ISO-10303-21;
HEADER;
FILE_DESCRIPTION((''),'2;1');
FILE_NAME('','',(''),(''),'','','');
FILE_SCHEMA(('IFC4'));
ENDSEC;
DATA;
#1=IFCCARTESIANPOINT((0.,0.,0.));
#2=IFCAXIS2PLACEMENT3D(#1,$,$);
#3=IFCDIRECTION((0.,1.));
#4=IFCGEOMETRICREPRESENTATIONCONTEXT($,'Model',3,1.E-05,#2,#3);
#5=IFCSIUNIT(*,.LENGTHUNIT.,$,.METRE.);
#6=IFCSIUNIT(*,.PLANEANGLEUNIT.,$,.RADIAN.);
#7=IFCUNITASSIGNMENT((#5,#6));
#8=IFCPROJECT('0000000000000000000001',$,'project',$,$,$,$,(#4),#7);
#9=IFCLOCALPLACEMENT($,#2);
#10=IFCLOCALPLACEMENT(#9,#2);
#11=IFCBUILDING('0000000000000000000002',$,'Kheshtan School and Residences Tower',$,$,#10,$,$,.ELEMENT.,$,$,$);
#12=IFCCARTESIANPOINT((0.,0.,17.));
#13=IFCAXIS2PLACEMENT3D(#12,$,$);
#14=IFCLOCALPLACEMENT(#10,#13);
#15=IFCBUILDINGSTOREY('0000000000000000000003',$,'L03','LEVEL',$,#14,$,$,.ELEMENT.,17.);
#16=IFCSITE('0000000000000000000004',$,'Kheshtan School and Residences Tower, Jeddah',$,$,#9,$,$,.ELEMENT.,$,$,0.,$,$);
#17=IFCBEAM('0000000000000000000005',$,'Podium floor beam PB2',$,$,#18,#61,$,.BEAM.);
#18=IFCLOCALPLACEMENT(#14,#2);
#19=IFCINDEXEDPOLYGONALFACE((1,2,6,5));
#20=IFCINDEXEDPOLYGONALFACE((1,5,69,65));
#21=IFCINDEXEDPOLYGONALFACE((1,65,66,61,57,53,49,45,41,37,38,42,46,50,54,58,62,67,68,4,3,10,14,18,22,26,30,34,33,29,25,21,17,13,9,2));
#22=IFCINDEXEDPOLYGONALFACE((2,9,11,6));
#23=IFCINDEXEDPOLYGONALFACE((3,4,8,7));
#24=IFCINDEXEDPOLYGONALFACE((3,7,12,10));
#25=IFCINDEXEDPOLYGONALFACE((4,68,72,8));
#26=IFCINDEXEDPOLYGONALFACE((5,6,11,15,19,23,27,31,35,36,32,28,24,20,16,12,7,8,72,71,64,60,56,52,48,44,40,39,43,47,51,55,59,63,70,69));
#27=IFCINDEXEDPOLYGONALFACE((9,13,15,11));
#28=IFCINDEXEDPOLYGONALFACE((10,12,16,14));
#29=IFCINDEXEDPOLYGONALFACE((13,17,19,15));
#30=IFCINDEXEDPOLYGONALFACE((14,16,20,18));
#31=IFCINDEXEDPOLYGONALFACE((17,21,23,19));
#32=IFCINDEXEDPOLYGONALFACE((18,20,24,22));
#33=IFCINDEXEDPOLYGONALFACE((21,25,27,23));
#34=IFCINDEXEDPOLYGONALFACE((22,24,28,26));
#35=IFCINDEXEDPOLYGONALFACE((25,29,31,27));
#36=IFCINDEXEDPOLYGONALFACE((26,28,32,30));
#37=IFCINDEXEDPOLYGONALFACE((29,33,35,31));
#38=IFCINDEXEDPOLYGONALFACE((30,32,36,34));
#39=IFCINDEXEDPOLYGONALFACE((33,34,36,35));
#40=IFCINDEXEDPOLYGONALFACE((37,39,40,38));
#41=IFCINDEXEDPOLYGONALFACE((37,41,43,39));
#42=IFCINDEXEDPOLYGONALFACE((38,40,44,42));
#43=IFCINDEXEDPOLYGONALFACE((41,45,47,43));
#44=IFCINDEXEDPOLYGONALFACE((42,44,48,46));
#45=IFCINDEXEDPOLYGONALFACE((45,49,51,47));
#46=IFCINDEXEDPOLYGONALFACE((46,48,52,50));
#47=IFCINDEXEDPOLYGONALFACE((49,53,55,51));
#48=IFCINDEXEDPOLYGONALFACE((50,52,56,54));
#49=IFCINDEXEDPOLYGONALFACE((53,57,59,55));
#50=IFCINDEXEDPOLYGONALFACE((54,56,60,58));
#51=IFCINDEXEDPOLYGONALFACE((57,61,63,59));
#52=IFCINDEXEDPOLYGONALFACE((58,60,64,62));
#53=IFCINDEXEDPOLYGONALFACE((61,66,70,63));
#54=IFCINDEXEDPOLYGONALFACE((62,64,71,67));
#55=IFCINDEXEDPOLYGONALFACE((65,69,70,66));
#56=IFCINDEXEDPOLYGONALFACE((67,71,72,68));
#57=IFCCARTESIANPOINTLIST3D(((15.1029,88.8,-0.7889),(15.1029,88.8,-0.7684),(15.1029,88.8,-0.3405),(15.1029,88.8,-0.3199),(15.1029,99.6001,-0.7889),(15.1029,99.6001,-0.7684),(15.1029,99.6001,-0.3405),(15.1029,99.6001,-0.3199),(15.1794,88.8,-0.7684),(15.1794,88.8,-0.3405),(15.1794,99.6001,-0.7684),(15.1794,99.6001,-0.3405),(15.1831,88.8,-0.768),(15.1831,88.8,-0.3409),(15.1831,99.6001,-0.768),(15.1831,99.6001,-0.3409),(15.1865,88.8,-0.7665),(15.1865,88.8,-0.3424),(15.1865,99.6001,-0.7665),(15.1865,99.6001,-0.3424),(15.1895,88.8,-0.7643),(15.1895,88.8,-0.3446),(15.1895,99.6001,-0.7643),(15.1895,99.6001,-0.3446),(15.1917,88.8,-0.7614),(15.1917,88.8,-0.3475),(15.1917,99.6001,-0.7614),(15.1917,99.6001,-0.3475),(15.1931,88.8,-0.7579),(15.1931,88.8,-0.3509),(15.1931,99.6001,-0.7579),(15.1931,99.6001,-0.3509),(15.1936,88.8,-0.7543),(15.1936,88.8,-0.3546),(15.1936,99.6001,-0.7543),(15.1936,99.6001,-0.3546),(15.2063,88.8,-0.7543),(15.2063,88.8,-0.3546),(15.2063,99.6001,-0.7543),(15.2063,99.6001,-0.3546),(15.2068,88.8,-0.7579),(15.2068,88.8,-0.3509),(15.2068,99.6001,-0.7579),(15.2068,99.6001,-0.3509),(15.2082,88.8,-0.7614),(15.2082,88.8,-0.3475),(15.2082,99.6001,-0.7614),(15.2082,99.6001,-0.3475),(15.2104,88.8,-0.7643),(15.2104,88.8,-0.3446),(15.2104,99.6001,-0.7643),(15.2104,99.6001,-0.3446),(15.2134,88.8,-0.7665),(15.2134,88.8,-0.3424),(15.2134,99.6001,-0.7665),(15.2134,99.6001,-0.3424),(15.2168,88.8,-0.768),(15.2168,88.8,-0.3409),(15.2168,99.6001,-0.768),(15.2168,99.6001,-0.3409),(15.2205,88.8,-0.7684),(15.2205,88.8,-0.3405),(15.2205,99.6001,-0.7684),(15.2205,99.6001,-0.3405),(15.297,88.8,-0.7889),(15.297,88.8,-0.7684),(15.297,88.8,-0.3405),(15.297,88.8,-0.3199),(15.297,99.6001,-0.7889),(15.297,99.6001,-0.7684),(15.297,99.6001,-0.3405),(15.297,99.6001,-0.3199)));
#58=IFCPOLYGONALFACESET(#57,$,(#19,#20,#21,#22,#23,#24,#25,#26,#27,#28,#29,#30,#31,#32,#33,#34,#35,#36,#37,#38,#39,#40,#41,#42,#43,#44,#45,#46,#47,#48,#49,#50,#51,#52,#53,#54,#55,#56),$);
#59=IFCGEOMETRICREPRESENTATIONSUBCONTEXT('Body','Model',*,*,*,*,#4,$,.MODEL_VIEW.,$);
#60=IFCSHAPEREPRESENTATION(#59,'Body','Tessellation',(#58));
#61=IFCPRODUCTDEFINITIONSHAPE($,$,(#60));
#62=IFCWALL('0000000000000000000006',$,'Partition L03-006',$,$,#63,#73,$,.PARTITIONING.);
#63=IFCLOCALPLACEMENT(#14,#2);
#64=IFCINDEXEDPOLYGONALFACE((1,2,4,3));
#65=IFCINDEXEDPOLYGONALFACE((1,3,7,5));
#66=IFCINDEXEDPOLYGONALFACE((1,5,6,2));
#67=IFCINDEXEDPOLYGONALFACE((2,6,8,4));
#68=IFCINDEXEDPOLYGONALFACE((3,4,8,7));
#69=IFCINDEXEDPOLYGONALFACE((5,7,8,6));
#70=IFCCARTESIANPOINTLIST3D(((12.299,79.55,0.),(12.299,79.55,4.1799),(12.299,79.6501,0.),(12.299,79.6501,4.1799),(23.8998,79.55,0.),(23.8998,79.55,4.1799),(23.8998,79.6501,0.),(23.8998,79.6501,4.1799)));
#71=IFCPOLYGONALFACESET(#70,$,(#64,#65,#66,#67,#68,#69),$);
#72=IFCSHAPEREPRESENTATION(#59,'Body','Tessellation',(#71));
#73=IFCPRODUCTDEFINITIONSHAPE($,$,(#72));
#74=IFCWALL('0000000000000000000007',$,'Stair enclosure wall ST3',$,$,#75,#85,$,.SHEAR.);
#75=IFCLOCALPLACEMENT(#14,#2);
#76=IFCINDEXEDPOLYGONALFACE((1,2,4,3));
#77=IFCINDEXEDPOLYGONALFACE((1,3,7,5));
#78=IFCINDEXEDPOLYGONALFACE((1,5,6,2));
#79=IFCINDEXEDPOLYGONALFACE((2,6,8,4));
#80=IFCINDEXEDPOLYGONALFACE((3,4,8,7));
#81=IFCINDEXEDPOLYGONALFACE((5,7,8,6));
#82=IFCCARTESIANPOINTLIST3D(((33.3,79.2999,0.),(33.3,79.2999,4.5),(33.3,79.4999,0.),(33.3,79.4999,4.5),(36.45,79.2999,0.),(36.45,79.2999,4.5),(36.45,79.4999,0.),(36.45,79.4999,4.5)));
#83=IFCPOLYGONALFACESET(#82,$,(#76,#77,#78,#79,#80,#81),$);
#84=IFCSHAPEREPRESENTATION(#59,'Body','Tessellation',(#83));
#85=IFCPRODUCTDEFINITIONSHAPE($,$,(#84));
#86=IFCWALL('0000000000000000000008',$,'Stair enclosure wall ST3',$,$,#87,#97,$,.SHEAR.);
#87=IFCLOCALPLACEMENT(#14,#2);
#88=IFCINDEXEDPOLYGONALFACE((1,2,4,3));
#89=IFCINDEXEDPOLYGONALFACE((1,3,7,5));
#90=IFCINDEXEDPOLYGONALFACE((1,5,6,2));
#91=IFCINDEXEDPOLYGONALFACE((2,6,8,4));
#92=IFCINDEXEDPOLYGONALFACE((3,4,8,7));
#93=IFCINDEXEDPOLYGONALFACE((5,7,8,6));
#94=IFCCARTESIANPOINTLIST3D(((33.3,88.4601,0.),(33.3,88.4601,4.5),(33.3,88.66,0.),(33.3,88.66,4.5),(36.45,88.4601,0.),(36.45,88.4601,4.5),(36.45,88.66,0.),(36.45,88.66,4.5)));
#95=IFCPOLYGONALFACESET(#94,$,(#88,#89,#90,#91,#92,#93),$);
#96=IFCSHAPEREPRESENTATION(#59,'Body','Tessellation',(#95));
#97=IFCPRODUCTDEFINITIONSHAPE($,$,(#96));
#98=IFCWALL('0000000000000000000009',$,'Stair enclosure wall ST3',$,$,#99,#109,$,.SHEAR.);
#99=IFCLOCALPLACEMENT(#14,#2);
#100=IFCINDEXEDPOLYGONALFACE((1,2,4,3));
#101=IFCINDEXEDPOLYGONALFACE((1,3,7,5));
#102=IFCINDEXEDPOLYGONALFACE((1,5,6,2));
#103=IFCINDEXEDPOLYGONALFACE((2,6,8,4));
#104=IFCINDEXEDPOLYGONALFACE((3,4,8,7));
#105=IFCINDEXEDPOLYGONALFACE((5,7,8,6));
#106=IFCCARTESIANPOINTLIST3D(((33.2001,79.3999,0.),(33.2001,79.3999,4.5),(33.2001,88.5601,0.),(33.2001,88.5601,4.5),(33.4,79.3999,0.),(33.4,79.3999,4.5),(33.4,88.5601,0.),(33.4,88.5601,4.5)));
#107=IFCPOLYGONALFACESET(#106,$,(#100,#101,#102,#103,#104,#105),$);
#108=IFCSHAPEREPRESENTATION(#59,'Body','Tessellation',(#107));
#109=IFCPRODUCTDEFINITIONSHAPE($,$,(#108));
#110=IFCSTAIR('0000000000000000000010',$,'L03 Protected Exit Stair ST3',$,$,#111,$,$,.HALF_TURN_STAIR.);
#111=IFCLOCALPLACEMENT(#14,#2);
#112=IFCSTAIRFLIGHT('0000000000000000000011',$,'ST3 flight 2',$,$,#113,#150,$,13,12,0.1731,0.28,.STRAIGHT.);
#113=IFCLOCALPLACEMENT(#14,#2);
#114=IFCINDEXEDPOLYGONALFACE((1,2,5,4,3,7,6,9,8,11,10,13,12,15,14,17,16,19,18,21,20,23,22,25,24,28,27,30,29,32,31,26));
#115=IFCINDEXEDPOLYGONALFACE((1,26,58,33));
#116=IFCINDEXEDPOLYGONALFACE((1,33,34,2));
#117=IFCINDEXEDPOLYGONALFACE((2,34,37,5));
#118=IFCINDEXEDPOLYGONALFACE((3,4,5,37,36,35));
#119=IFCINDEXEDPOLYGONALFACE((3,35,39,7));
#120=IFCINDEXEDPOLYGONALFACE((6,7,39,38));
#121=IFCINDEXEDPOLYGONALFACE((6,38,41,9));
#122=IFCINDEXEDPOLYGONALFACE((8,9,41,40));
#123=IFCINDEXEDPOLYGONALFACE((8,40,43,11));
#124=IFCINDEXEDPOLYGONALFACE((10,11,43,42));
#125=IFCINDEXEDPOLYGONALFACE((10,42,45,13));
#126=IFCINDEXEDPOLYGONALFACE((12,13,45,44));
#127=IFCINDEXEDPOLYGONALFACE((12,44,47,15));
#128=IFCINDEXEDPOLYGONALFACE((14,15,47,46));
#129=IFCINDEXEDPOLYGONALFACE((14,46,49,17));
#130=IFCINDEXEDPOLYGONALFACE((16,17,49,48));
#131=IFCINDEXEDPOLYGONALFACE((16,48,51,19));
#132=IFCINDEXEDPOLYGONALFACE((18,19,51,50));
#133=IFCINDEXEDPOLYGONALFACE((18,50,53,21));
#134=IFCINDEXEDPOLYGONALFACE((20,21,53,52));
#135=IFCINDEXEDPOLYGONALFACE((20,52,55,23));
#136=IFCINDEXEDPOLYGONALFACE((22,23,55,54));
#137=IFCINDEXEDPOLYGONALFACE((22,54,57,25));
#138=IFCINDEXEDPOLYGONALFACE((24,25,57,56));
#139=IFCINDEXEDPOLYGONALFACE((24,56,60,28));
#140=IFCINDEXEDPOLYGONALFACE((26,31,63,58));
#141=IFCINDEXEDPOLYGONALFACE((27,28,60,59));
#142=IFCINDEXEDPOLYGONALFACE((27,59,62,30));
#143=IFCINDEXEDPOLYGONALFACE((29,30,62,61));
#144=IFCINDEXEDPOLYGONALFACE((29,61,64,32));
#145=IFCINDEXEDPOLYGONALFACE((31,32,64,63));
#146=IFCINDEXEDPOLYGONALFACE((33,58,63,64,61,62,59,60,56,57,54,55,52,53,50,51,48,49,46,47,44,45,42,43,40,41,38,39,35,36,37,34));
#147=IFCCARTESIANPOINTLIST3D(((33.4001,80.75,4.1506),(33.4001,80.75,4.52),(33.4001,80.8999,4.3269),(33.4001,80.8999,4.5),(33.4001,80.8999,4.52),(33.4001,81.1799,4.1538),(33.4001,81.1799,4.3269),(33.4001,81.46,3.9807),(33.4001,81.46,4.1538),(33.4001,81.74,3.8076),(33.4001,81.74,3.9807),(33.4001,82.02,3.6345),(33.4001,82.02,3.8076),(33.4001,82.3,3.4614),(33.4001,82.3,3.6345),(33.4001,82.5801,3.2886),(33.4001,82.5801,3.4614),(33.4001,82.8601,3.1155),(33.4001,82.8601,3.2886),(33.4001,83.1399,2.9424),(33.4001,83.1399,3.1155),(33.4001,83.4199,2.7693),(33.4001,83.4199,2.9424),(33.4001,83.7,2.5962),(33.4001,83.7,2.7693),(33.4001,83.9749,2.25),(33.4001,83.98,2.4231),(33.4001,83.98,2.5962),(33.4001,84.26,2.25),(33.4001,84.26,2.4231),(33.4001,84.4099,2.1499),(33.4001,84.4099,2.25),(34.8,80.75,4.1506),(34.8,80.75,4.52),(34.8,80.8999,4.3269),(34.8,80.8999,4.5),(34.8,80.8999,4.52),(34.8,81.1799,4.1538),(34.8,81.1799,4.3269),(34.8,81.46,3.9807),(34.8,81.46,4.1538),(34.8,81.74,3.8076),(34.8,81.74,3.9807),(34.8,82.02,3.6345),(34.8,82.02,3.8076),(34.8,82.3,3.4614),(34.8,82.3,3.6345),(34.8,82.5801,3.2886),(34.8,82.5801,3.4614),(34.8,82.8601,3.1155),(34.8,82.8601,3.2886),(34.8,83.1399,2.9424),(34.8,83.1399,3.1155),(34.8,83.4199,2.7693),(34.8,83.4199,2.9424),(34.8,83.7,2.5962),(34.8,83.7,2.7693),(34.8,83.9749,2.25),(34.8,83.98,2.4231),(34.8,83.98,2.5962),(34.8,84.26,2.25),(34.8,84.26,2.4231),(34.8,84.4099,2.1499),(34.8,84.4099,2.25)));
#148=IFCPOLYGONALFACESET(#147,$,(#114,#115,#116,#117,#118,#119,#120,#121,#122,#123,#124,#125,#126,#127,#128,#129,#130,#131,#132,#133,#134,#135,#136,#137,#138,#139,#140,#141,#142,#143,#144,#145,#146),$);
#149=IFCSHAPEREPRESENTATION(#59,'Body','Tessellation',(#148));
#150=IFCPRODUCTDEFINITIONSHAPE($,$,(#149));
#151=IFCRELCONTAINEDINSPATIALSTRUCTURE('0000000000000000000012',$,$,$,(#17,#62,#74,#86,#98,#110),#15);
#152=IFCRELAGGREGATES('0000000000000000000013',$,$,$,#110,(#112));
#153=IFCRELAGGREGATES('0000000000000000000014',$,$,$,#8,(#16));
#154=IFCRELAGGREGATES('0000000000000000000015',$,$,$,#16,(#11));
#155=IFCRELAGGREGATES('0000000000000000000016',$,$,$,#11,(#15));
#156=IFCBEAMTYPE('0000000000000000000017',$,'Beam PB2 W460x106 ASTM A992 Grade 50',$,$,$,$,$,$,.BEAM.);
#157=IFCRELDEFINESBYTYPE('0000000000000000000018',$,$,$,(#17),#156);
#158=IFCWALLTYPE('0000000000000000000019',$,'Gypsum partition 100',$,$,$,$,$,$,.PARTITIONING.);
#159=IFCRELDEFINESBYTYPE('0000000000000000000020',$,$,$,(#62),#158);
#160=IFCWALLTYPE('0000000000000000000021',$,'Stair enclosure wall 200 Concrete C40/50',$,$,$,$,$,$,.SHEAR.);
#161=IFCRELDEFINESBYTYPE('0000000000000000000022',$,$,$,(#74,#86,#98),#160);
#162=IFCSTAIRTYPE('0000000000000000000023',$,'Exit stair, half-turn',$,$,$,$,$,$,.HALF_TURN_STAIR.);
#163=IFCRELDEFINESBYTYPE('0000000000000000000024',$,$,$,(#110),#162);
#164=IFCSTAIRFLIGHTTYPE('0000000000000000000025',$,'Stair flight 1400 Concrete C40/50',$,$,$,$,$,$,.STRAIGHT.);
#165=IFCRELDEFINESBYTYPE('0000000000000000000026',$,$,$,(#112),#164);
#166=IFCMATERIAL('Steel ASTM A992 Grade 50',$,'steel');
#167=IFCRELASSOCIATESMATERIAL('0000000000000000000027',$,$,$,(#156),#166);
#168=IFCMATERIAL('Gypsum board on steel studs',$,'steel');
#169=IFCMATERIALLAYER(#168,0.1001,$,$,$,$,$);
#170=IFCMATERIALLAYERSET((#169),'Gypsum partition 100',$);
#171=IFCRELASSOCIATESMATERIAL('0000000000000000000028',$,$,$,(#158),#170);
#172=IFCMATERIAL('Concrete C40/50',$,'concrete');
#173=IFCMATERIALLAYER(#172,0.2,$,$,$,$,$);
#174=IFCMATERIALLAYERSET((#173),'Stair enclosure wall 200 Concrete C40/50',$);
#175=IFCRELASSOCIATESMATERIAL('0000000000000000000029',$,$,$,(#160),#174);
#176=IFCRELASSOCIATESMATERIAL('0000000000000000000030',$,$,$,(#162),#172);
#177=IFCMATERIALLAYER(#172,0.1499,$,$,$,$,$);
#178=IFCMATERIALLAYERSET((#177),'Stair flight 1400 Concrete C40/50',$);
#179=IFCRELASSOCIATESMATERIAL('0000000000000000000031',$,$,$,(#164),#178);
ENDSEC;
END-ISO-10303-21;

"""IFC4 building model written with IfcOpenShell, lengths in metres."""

from ifc_helpers import new_model, si_unit, direction, frame, frame_2d, origin, origin_2d, place, context, subcontext, project, spatial, polyline, rectangle, i_section, outline, extrude, material, layer, layer_set, material_profile, profile_set, type_object, element, aggregate, save


model = new_model("IFC4")

# Units and contexts
model_context = context("Model", 3, precision=1e-05, world=origin(), true_north=direction((0.0, 1.0)))
body_context = subcontext(model_context, "Body", "Model", "MODEL_VIEW")
ifc_project = project(units=[si_unit("LENGTHUNIT", "METRE"), si_unit("PLANEANGLEUNIT", "RADIAN")], contexts=[model_context])

# Site, building, storey
site_placement = place(None, origin())
site = spatial("IfcSite", under=ifc_project, at=site_placement, Name="Kheshtan School and Residences Tower, Jeddah", CompositionType="ELEMENT", RefElevation=0.0)
building_placement = place(site_placement, origin())
building = spatial("IfcBuilding", under=site, at=building_placement, Name="Kheshtan School and Residences Tower", CompositionType="ELEMENT")
storey_placement = place(building_placement, frame((0.0, 0.0, 17.0)))
storey = spatial("IfcBuildingStorey", under=building, at=storey_placement, Name="L03", Description="LEVEL", CompositionType="ELEMENT", Elevation=17.0)

# Shared definitions
ifc_material_1 = material(Name="Steel ASTM A992 Grade 50", Category="steel")

# Beam
ifc_material_profile_1 = material_profile(ifc_material_1, i_section(OverallWidth=0.1941, OverallDepth=0.469, WebThickness=0.0127, FlangeThickness=0.0205, FilletRadius=0.0142, at=origin_2d()), Name="W460x106")
ifc_profile_set_1 = profile_set([ifc_material_profile_1], Name="Steel ASTM A992 Grade 50")
beam_type_1 = type_object("IfcBeamType", Name="Beam PB2 W460x106 ASTM A992 Grade 50", PredefinedType="BEAM", material=ifc_profile_set_1)
beam_1_placement = place(storey_placement, frame((15.2, 88.8, -0.5544), z_axis=(0.0, 1.0, 0.0), x_axis=(-1.0, 0.0, 0.0)))
element("IfcBeam", 1, at=beam_1_placement, inside=storey, type_object=beam_type_1, Name="Podium floor beam PB2", PredefinedType="BEAM", context=body_context, shape_type="SweptSolid", body=[
    extrude(i_section(OverallWidth=0.1941, OverallDepth=0.469, WebThickness=0.0127, FlangeThickness=0.0205, FilletRadius=0.0142, at=origin_2d()), origin(), (0.0, 0.0, 1.0), 10.8),
])

# Walls
ifc_material_2 = material(Name="Gypsum board on steel studs", Category="steel")
ifc_layer_1 = layer(ifc_material_2, 0.1001)
ifc_layer_set_1 = layer_set([ifc_layer_1], Name="Gypsum partition 100")
wall_type_1 = type_object("IfcWallType", Name="Gypsum partition 100", PredefinedType="PARTITIONING", material=ifc_layer_set_1)
wall_1_placement = place(storey_placement, frame((12.2991, 79.6001, 0.0), z_axis=(0.0, 0.0, 1.0), x_axis=(1.0, 0.0, 0.0)))
element("IfcWall", 2, at=wall_1_placement, inside=storey, type_object=wall_type_1, Name="Partition L03-006", PredefinedType="PARTITIONING", context=body_context, shape_type="SweptSolid", body=[
    extrude(rectangle(XDim=11.6008, YDim=0.1001, at=frame_2d((5.8003, 0.0))), origin(), (0.0, 0.0, 1.0), 4.1799),
])
ifc_material_3 = material(Name="Concrete C40/50", Category="concrete")
ifc_layer_2 = layer(ifc_material_3, 0.2)
ifc_layer_set_2 = layer_set([ifc_layer_2], Name="Stair enclosure wall 200 Concrete C40/50")
wall_type_2 = type_object("IfcWallType", Name="Stair enclosure wall 200 Concrete C40/50", PredefinedType="SHEAR", material=ifc_layer_set_2)
for number, where, z_axis, x_axis, name in (
    (3, (33.3, 79.3999, 0.0), (0.0, 0.0, 1.0), (1.0, 0.0, 0.0), "Stair enclosure wall ST3"),
    (4, (33.3, 88.5601, 0.0), (0.0, 0.0, 1.0), (1.0, 0.0, 0.0), "Stair enclosure wall ST3"),
):
    element("IfcWall", number, at=place(storey_placement, frame(where, z_axis=z_axis, x_axis=x_axis)), inside=storey, type_object=wall_type_2, Name=name, PredefinedType="SHEAR", context=body_context, shape_type="SweptSolid", body=[
        extrude(rectangle(XDim=3.1499, YDim=0.2, at=frame_2d((1.575, 0.0))), origin(), (0.0, 0.0, 1.0), 4.5),
    ])
wall_2_placement = place(storey_placement, frame((33.3, 79.3999, 0.0), z_axis=(0.0, 0.0, 1.0), x_axis=(0.0, 1.0, 0.0)))
element("IfcWall", 5, at=wall_2_placement, inside=storey, type_object=wall_type_2, Name="Stair enclosure wall ST3", PredefinedType="SHEAR", context=body_context, shape_type="SweptSolid", body=[
    extrude(rectangle(XDim=9.1602, YDim=0.2, at=frame_2d((4.5801, 0.0))), origin(), (0.0, 0.0, 1.0), 4.5),
])

# Stair, stair flight
stair_type = type_object("IfcStairType", Name="Exit stair, half-turn", PredefinedType="HALF_TURN_STAIR", material=ifc_material_3)
stair_placement = place(storey_placement, origin())
stair = element("IfcStair", 6, at=stair_placement, inside=storey, type_object=stair_type, Name="L03 Protected Exit Stair ST3", PredefinedType="HALF_TURN_STAIR")
ifc_layer_3 = layer(ifc_material_3, 0.1499)
ifc_layer_set_3 = layer_set([ifc_layer_3], Name="Stair flight 1400 Concrete C40/50")
stair_flight_type = type_object("IfcStairFlightType", Name="Stair flight 1400 Concrete C40/50", PredefinedType="STRAIGHT", material=ifc_layer_set_3)
stair_flight_placement = place(storey_placement, frame((34.1001, 84.26, 2.25), z_axis=(0.0, 0.0, 1.0), x_axis=(0.0, -1.0, 0.0)))
stair_flight = element("IfcStairFlight", 7, at=stair_flight_placement, type_object=stair_flight_type, Name="ST3 flight 2", NumberOfRisers=13, NumberOfTreads=12, PredefinedType="STRAIGHT", RiserHeight=0.1731, TreadLength=0.28, context=body_context, shape_type="SweptSolid", body=[
    extrude(outline(polyline([(-0.1499, -0.1001), (-0.1499, 0.0), (0.0, 0.0), (0.0, 0.1731), (0.28, 0.1731), (0.28, 0.3462), (0.5601, 0.3462), (0.5601, 0.5193), (0.8401, 0.5193), (0.8401, 0.6924), (1.1201, 0.6924), (1.1201, 0.8655), (1.3999, 0.8655), (1.3999, 1.0386), (1.6799, 1.0386), (1.6799, 1.2114), (1.96, 1.2114), (1.96, 1.3845), (2.24, 1.3845), (2.24, 1.5576), (2.52, 1.5576), (2.52, 1.7307), (2.8, 1.7307), (2.8, 1.9038), (3.0801, 1.9038), (3.0801, 2.0769), (3.3601, 2.0769), (3.3601, 2.25), (3.3601, 2.27), (3.51, 2.27), (3.51, 1.9006), (0.2852, 0.0), (-0.1499, -0.1001)])), frame((0.0, 0.7, 0.0), z_axis=(0.0, -1.0, 0.0), x_axis=(1.0, 0.0, 0.0)), (0.0, 0.0, 1.0), 1.3999),
])
aggregate(stair, [stair_flight])

save(model, "model.ifc")
